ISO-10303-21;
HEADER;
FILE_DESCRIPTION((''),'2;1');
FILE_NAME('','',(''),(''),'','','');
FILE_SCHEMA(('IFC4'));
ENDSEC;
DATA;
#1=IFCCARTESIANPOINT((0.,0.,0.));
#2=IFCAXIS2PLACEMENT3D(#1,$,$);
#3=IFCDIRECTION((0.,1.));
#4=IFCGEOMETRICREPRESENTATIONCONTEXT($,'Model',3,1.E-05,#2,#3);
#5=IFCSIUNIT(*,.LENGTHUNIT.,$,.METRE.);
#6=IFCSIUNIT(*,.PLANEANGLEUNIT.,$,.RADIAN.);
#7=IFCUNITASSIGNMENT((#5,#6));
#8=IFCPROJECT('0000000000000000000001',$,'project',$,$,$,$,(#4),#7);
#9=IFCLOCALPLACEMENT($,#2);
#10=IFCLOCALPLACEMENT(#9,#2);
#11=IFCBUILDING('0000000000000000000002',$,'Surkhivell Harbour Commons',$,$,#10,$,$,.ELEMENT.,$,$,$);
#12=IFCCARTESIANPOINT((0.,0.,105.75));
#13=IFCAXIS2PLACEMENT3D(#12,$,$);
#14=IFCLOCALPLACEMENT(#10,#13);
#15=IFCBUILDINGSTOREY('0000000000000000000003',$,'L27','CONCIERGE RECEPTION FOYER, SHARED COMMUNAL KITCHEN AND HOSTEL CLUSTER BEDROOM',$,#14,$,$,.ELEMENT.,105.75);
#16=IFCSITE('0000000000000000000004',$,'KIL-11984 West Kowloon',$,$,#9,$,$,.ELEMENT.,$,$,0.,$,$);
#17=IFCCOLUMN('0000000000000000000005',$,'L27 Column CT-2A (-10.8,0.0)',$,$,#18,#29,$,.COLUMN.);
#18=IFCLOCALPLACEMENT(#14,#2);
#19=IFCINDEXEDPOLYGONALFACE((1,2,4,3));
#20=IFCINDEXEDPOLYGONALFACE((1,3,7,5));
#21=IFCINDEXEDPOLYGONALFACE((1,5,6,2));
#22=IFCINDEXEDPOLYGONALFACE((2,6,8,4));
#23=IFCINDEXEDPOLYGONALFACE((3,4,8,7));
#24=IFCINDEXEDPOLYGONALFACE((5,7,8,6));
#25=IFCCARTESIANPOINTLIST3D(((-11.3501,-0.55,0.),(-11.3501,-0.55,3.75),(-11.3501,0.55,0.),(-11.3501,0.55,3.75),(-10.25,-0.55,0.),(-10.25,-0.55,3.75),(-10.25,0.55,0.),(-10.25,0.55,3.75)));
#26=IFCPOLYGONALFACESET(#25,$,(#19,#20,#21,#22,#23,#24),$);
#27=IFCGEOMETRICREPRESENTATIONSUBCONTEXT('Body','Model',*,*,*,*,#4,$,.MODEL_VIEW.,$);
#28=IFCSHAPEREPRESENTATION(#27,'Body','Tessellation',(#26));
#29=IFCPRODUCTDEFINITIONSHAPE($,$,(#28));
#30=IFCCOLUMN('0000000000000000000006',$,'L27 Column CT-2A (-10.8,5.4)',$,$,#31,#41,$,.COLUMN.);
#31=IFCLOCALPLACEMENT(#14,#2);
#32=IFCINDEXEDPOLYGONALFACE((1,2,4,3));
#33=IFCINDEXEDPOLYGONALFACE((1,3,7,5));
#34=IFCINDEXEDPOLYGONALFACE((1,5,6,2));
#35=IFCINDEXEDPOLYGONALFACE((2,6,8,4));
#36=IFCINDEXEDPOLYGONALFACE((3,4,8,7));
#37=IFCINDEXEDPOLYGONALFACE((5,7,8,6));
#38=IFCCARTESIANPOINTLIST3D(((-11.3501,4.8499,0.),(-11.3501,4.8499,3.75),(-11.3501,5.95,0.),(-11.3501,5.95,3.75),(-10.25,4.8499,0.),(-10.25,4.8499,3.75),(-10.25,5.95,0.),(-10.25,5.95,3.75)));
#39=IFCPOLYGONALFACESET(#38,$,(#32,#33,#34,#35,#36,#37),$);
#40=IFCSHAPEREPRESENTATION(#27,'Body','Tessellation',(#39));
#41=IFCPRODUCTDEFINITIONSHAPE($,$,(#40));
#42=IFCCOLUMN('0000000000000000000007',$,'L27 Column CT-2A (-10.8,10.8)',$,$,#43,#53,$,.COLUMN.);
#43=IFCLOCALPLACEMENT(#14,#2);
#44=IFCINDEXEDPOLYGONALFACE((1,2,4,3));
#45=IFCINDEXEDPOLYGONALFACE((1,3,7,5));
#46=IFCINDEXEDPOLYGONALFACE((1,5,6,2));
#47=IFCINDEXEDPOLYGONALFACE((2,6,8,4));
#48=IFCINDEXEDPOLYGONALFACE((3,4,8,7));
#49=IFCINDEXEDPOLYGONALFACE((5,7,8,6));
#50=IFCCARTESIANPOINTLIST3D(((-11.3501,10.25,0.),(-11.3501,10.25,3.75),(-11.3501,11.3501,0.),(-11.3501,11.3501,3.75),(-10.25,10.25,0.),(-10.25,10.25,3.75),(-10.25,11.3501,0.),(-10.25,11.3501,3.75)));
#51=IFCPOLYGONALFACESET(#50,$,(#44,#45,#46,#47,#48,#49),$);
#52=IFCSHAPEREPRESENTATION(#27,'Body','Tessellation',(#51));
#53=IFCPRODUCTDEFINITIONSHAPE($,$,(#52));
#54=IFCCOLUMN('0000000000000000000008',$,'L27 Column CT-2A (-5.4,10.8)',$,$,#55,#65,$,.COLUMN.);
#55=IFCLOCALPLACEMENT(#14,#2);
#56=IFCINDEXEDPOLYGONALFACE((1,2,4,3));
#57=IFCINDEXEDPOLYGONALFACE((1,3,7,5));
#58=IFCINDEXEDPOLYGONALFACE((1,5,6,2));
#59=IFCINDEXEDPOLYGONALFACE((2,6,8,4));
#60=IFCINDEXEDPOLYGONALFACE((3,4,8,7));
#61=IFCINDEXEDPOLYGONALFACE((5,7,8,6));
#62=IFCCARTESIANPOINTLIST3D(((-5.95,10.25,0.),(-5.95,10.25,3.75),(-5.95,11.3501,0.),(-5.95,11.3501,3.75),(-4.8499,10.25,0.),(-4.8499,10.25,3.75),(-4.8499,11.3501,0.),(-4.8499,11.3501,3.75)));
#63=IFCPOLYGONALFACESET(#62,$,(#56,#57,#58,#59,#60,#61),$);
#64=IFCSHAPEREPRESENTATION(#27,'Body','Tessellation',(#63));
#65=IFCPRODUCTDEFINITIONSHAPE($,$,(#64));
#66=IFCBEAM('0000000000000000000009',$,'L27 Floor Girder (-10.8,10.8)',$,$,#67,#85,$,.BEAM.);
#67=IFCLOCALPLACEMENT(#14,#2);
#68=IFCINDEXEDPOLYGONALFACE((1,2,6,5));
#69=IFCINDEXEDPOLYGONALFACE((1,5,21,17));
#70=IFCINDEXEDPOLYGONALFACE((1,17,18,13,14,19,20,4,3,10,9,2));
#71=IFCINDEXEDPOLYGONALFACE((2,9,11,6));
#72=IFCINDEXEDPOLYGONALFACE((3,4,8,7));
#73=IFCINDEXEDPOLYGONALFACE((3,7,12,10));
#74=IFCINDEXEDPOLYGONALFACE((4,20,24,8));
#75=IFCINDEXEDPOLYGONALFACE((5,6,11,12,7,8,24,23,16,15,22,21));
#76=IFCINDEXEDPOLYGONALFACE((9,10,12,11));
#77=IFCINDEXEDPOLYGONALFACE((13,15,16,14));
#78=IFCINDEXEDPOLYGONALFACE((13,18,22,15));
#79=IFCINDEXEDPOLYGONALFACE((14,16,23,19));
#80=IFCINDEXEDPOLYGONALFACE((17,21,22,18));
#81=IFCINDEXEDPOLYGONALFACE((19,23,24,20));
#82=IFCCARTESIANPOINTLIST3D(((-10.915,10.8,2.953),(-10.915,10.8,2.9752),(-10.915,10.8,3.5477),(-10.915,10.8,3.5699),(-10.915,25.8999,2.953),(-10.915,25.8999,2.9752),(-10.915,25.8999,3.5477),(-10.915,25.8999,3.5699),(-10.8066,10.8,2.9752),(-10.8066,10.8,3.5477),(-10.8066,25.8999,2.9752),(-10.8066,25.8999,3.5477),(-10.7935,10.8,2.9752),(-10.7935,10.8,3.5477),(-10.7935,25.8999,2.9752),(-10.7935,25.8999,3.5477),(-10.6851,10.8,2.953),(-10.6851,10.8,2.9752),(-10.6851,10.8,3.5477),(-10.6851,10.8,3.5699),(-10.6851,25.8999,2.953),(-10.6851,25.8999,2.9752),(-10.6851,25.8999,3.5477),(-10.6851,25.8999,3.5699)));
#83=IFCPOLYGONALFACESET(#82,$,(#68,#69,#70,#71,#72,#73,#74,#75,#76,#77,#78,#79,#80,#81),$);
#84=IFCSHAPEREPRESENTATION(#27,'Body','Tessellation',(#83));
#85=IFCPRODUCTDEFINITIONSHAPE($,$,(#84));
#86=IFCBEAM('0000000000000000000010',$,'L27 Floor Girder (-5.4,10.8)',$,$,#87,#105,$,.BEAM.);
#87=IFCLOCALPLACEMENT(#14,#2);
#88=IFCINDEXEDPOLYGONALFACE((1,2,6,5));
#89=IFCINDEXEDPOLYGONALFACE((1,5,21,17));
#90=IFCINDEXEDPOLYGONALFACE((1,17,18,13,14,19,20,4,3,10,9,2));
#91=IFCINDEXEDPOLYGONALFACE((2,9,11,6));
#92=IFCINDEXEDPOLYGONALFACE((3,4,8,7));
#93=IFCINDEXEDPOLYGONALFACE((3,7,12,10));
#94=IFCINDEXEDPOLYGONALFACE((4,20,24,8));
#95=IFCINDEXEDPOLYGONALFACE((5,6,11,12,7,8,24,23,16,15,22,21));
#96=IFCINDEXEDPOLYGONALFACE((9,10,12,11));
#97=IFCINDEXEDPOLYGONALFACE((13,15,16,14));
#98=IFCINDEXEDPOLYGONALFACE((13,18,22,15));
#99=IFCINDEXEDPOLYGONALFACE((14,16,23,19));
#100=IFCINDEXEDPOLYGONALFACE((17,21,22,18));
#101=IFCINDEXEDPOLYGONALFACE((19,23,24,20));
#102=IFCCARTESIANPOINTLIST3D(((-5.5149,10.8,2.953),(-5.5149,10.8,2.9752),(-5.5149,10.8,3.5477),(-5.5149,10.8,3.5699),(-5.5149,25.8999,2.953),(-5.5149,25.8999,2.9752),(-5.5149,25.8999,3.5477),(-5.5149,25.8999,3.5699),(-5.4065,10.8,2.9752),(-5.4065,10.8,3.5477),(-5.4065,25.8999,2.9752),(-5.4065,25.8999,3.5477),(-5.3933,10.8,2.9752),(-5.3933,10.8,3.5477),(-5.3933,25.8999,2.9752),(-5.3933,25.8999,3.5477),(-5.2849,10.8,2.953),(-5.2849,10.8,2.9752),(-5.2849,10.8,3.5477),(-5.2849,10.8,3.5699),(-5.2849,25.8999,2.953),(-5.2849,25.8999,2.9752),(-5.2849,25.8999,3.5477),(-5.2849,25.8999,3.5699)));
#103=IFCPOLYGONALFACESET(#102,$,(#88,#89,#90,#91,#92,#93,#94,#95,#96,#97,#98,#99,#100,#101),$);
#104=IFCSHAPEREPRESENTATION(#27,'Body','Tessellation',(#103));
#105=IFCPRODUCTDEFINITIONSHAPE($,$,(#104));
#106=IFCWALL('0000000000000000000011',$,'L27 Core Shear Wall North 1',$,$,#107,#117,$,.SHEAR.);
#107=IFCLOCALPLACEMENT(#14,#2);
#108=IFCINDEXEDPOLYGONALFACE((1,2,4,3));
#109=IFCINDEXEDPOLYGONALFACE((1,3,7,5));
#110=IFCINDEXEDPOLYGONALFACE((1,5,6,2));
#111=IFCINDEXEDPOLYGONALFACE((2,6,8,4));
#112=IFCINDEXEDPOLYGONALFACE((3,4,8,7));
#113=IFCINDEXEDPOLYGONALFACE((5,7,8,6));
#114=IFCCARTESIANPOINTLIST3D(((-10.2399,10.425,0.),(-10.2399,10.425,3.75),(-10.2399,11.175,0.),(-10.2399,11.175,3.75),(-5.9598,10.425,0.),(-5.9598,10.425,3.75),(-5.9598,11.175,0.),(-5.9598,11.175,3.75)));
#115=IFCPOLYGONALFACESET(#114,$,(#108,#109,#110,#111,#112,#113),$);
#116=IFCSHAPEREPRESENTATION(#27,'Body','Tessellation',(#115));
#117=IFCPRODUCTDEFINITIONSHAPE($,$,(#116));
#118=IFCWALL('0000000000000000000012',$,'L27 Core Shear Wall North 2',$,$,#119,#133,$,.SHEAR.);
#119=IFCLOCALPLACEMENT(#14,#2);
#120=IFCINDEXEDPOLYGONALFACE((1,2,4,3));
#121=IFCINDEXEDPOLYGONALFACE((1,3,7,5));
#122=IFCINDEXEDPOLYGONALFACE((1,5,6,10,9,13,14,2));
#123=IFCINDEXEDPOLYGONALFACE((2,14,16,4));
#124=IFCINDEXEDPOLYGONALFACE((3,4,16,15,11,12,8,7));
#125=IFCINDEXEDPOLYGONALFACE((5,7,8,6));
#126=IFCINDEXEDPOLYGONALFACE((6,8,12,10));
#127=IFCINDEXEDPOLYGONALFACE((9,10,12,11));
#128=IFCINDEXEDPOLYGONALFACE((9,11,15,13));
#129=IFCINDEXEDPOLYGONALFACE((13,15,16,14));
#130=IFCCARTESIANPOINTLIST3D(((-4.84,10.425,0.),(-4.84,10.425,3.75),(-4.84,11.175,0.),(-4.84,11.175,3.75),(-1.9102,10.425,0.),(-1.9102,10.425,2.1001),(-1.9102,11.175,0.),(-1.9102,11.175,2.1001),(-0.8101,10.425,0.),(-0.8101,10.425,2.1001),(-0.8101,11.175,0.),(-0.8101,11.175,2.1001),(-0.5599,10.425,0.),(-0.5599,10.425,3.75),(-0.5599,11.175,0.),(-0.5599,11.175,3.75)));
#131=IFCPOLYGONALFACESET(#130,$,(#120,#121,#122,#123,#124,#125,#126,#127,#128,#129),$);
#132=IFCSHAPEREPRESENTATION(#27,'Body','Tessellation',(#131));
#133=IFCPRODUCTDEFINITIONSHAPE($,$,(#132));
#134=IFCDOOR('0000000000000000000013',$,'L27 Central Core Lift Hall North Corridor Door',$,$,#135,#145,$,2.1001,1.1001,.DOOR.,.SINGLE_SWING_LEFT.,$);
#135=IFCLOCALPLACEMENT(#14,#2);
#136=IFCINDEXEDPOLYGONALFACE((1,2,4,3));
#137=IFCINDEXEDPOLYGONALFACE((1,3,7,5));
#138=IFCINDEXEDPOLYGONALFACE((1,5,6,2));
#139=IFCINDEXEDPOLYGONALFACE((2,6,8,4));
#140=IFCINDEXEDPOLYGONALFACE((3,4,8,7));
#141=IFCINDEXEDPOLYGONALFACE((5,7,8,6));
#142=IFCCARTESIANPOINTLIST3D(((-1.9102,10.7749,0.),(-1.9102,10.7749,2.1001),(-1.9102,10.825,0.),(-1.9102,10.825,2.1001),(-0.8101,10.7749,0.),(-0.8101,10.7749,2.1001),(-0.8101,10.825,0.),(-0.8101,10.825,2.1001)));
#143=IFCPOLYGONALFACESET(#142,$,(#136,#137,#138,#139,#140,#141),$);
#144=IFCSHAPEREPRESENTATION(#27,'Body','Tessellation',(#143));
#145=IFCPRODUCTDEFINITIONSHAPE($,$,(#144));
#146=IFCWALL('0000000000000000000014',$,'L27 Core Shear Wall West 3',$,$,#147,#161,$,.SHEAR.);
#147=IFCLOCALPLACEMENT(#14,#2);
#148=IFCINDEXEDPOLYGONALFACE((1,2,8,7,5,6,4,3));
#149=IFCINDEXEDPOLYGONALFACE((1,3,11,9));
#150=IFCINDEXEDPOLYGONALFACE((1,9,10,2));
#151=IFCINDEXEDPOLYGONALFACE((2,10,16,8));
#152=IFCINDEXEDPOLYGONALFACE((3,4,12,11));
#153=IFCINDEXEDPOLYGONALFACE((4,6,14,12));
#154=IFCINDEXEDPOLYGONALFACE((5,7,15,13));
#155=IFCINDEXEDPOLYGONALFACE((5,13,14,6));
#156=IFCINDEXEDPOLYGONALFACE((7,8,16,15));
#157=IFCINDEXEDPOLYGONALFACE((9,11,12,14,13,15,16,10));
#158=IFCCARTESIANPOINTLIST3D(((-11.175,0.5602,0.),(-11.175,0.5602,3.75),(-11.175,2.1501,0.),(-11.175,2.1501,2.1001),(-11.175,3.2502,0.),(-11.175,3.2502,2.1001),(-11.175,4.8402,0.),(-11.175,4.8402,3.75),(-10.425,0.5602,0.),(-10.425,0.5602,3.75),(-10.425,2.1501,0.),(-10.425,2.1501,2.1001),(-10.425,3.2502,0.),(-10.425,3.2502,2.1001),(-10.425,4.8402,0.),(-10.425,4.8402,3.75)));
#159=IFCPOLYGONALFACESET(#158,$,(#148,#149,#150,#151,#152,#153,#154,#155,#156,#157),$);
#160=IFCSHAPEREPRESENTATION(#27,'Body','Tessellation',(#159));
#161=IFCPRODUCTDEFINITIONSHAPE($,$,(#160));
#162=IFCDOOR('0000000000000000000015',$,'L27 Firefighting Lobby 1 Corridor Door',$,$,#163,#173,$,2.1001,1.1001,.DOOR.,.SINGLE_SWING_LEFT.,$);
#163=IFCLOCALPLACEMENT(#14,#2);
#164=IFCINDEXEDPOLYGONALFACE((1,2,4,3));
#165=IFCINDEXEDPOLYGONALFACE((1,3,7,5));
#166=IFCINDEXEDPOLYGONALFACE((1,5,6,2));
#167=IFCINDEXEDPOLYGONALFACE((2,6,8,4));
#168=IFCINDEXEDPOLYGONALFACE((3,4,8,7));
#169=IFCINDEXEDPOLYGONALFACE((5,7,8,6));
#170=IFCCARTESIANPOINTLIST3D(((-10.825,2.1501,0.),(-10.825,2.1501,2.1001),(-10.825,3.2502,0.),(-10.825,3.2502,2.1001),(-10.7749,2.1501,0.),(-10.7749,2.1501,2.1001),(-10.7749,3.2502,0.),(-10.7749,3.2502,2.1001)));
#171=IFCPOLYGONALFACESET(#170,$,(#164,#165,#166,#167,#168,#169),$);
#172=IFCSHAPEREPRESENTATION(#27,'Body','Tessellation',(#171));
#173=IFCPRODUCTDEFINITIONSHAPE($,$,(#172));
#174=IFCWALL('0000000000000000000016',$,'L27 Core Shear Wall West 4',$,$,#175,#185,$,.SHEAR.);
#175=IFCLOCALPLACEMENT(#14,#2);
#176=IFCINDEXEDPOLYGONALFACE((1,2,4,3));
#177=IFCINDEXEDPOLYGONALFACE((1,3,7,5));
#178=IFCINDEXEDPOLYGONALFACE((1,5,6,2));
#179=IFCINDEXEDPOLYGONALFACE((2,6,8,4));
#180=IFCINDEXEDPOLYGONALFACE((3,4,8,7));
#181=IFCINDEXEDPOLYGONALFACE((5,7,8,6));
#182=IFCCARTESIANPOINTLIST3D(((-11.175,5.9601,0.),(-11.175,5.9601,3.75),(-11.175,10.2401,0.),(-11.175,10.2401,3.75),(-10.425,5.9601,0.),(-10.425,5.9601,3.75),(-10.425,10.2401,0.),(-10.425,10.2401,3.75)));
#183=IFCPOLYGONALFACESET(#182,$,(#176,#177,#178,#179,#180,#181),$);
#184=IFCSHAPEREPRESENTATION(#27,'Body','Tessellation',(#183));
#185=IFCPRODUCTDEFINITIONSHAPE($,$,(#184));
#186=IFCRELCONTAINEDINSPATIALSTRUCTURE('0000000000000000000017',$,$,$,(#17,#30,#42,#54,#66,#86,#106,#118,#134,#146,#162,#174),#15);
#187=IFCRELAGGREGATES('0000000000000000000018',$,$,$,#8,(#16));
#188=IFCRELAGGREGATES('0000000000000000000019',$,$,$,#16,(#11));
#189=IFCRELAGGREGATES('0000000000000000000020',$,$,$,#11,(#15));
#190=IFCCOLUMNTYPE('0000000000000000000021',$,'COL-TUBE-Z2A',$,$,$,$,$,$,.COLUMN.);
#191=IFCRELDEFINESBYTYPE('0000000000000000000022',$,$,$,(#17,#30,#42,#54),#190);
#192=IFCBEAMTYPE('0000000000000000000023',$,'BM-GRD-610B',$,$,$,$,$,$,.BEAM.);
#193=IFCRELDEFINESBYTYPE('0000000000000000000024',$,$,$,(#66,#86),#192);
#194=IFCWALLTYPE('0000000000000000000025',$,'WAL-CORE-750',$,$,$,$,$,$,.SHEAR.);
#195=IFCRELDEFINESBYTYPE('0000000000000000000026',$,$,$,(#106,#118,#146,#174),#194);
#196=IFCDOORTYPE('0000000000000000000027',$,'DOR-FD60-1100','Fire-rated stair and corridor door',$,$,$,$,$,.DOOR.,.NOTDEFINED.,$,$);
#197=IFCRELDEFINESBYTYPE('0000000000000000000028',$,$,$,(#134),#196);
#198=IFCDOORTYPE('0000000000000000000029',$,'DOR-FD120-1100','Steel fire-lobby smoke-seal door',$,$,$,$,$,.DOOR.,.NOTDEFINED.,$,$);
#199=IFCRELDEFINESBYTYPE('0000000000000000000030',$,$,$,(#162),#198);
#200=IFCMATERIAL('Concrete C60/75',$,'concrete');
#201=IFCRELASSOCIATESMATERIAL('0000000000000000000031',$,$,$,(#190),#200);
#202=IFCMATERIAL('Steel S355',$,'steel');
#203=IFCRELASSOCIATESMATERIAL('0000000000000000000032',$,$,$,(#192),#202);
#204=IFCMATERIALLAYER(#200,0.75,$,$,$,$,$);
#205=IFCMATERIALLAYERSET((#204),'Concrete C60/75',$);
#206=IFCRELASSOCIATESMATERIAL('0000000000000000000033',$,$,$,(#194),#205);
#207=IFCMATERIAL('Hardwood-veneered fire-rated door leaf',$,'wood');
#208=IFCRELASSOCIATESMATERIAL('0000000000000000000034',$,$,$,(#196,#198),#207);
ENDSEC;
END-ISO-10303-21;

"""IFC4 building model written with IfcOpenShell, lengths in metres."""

from ifc_helpers import new_model, si_unit, direction, frame, frame_2d, origin, origin_2d, place, context, subcontext, project, spatial, rectangle, i_section, extrude, material, layer, layer_set, material_profile, profile_set, type_object, element, fill, save


model = new_model("IFC4")

# Units and contexts
model_context = context("Model", 3, precision=1e-05, world=origin(), true_north=direction((0.0, 1.0)))
body_context = subcontext(model_context, "Body", "Model", "MODEL_VIEW")
ifc_project = project(units=[si_unit("LENGTHUNIT", "METRE"), si_unit("PLANEANGLEUNIT", "RADIAN")], contexts=[model_context])

# Site, building, storey
site_placement = place(None, origin())
site = spatial("IfcSite", under=ifc_project, at=site_placement, Name="KIL-11984 West Kowloon", CompositionType="ELEMENT", RefElevation=0.0)
building_placement = place(site_placement, origin())
building = spatial("IfcBuilding", under=site, at=building_placement, Name="Surkhivell Harbour Commons", CompositionType="ELEMENT")
storey_placement = place(building_placement, frame((0.0, 0.0, 105.75)))
storey = spatial("IfcBuildingStorey", under=building, at=storey_placement, Name="L27", Description="CONCIERGE RECEPTION FOYER, SHARED COMMUNAL KITCHEN AND HOSTEL CLUSTER BEDROOM", CompositionType="ELEMENT", Elevation=105.75)

# Columns
ifc_material_1 = material(Name="Concrete C60/75", Category="concrete")
ifc_material_profile_1 = material_profile(ifc_material_1, rectangle(XDim=1.1001, YDim=1.1001, at=origin_2d()), Name="RC-COL-1100x1100")
ifc_profile_set_1 = profile_set([ifc_material_profile_1], Name="Concrete C60/75")
column_type = type_object("IfcColumnType", Name="COL-TUBE-Z2A", PredefinedType="COLUMN", material=ifc_profile_set_1)
for number, where, z_axis, x_axis, name in (
    (1, (-10.8, 0.0, 0.0), (0.0, 0.0, 1.0), (1.0, 0.0, 0.0), "L27 Column CT-2A (-10.8,0.0)"),
    (2, (-10.8, 5.3999, 0.0), (0.0, 0.0, 1.0), (1.0, 0.0, 0.0), "L27 Column CT-2A (-10.8,5.4)"),
    (3, (-10.8, 10.8, 0.0), (0.0, 0.0, 1.0), (1.0, 0.0, 0.0), "L27 Column CT-2A (-10.8,10.8)"),
    (4, (-5.3999, 10.8, 0.0), (0.0, 0.0, 1.0), (1.0, 0.0, 0.0), "L27 Column CT-2A (-5.4,10.8)"),
):
    element("IfcColumn", number, at=place(storey_placement, frame(where, z_axis=z_axis, x_axis=x_axis)), inside=storey, type_object=column_type, Name=name, PredefinedType="COLUMN", context=body_context, shape_type="SweptSolid", body=[
        extrude(rectangle(XDim=1.1001, YDim=1.1001, at=origin_2d()), origin(), (0.0, 0.0, 1.0), 3.75),
    ])

# Beams
ifc_material_2 = material(Name="Steel S355", Category="steel")
ifc_material_profile_2 = material_profile(ifc_material_2, i_section(OverallWidth=0.23, OverallDepth=0.6169, WebThickness=0.0132, FlangeThickness=0.0222, at=origin_2d()), Name="UB610x229x140")
ifc_profile_set_2 = profile_set([ifc_material_profile_2], Name="Steel S355")
beam_type = type_object("IfcBeamType", Name="BM-GRD-610B", PredefinedType="BEAM", material=ifc_profile_set_2)
for number, where, z_axis, x_axis, name in (
    (5, (-10.8, 10.8, 3.2615), (0.0, 1.0, 0.0), (-1.0, 0.0, 0.0), "L27 Floor Girder (-10.8,10.8)"),
    (6, (-5.3999, 10.8, 3.2615), (0.0, 1.0, 0.0), (-1.0, 0.0, 0.0), "L27 Floor Girder (-5.4,10.8)"),
):
    element("IfcBeam", number, at=place(storey_placement, frame(where, z_axis=z_axis, x_axis=x_axis)), inside=storey, type_object=beam_type, Name=name, PredefinedType="BEAM", context=body_context, shape_type="SweptSolid", body=[
        extrude(i_section(OverallWidth=0.23, OverallDepth=0.6169, WebThickness=0.0132, FlangeThickness=0.0222, at=origin_2d()), origin(), (0.0, 0.0, 1.0), 15.0999),
    ])

# Wall
ifc_layer_1 = layer(ifc_material_1, 0.75)
ifc_layer_set_1 = layer_set([ifc_layer_1], Name="Concrete C60/75")
wall_type_1 = type_object("IfcWallType", Name="WAL-CORE-750", PredefinedType="SHEAR", material=ifc_layer_set_1)
wall_1_placement = place(storey_placement, frame((-10.24, 10.8, 0.0), z_axis=(0.0, 0.0, 1.0), x_axis=(1.0, 0.0, 0.0)))
element("IfcWall", 7, at=wall_1_placement, inside=storey, type_object=wall_type_1, Name="L27 Core Shear Wall North 1", PredefinedType="SHEAR", context=body_context, shape_type="SweptSolid", body=[
    extrude(rectangle(XDim=4.28, YDim=0.75, at=frame_2d((2.1401, 0.0))), origin(), (0.0, 0.0, 1.0), 3.75),
])

# Walls, openings, doors
wall_2_placement = place(storey_placement, frame((-4.8401, 10.8, 0.0), z_axis=(0.0, 0.0, 1.0), x_axis=(1.0, 0.0, 0.0)))
wall_2 = element("IfcWall", 8, at=wall_2_placement, inside=storey, type_object=wall_type_1, Name="L27 Core Shear Wall North 2", PredefinedType="SHEAR", context=body_context, shape_type="SweptSolid", body=[
    extrude(rectangle(XDim=4.28, YDim=0.75, at=frame_2d((2.1401, 0.0))), origin(), (0.0, 0.0, 1.0), 3.75),
])
opening_1_placement = place(wall_2_placement, frame((2.9299, 0.0, 0.0)))
opening_1 = element("IfcOpeningElement", 9, at=opening_1_placement, cuts=wall_2, PredefinedType="OPENING", context=body_context, shape_type="SweptSolid", body=[
    extrude(rectangle(XDim=1.1001, YDim=2.1001, at=frame_2d((0.55, 1.05))), frame((0.0, 0.385, 0.0), z_axis=(0.0, -1.0, 0.0), x_axis=(1.0, 0.0, 0.0)), (0.0, 0.0, 1.0), 0.77),
])
ifc_material_3 = material(Name="Hardwood-veneered fire-rated door leaf", Category="wood")
door_type_1 = type_object("IfcDoorType", Name="DOR-FD60-1100", Description="Fire-rated stair and corridor door", OperationType="NOTDEFINED", PredefinedType="DOOR", material=ifc_material_3)
door_1_placement = place(opening_1_placement, origin())
door_1 = element("IfcDoor", 10, at=door_1_placement, inside=storey, type_object=door_type_1, Name="L27 Central Core Lift Hall North Corridor Door", OperationType="SINGLE_SWING_LEFT", OverallHeight=2.1001, OverallWidth=1.1001, PredefinedType="DOOR", context=body_context, shape_type="SweptSolid", body=[
    extrude(rectangle(XDim=1.1001, YDim=2.1001, at=frame_2d((0.55, 1.05))), frame((0.0, 0.0249, 0.0), z_axis=(0.0, -1.0, 0.0), x_axis=(1.0, 0.0, 0.0)), (0.0, 0.0, 1.0), 0.05),
])
fill(opening_1, door_1)
wall_3_placement = place(storey_placement, frame((-10.8, 0.5601, 0.0), z_axis=(0.0, 0.0, 1.0), x_axis=(0.0, 1.0, 0.0)))
wall_3 = element("IfcWall", 11, at=wall_3_placement, inside=storey, type_object=wall_type_1, Name="L27 Core Shear Wall West 3", PredefinedType="SHEAR", context=body_context, shape_type="SweptSolid", body=[
    extrude(rectangle(XDim=4.28, YDim=0.75, at=frame_2d((2.1401, 0.0))), origin(), (0.0, 0.0, 1.0), 3.75),
])
opening_2_placement = place(wall_3_placement, frame((1.5901, 0.0, 0.0)))
opening_2 = element("IfcOpeningElement", 12, at=opening_2_placement, cuts=wall_3, PredefinedType="OPENING", context=body_context, shape_type="SweptSolid", body=[
    extrude(rectangle(XDim=1.1001, YDim=2.1001, at=frame_2d((0.55, 1.05))), frame((0.0, 0.385, 0.0), z_axis=(0.0, -1.0, 0.0), x_axis=(1.0, 0.0, 0.0)), (0.0, 0.0, 1.0), 0.77),
])
door_type_2 = type_object("IfcDoorType", Name="DOR-FD120-1100", Description="Steel fire-lobby smoke-seal door", OperationType="NOTDEFINED", PredefinedType="DOOR", material=ifc_material_3)
door_2_placement = place(opening_2_placement, origin())
door_2 = element("IfcDoor", 13, at=door_2_placement, inside=storey, type_object=door_type_2, Name="L27 Firefighting Lobby 1 Corridor Door", OperationType="SINGLE_SWING_LEFT", OverallHeight=2.1001, OverallWidth=1.1001, PredefinedType="DOOR", context=body_context, shape_type="SweptSolid", body=[
    extrude(rectangle(XDim=1.1001, YDim=2.1001, at=frame_2d((0.55, 1.05))), frame((0.0, 0.0249, 0.0), z_axis=(0.0, -1.0, 0.0), x_axis=(1.0, 0.0, 0.0)), (0.0, 0.0, 1.0), 0.05),
])
fill(opening_2, door_2)

# Wall
wall_4_placement = place(storey_placement, frame((-10.8, 5.96, 0.0), z_axis=(0.0, 0.0, 1.0), x_axis=(0.0, 1.0, 0.0)))
element("IfcWall", 14, at=wall_4_placement, inside=storey, type_object=wall_type_1, Name="L27 Core Shear Wall West 4", PredefinedType="SHEAR", context=body_context, shape_type="SweptSolid", body=[
    extrude(rectangle(XDim=4.28, YDim=0.75, at=frame_2d((2.1401, 0.0))), origin(), (0.0, 0.0, 1.0), 3.75),
])

save(model, "model.ifc")
